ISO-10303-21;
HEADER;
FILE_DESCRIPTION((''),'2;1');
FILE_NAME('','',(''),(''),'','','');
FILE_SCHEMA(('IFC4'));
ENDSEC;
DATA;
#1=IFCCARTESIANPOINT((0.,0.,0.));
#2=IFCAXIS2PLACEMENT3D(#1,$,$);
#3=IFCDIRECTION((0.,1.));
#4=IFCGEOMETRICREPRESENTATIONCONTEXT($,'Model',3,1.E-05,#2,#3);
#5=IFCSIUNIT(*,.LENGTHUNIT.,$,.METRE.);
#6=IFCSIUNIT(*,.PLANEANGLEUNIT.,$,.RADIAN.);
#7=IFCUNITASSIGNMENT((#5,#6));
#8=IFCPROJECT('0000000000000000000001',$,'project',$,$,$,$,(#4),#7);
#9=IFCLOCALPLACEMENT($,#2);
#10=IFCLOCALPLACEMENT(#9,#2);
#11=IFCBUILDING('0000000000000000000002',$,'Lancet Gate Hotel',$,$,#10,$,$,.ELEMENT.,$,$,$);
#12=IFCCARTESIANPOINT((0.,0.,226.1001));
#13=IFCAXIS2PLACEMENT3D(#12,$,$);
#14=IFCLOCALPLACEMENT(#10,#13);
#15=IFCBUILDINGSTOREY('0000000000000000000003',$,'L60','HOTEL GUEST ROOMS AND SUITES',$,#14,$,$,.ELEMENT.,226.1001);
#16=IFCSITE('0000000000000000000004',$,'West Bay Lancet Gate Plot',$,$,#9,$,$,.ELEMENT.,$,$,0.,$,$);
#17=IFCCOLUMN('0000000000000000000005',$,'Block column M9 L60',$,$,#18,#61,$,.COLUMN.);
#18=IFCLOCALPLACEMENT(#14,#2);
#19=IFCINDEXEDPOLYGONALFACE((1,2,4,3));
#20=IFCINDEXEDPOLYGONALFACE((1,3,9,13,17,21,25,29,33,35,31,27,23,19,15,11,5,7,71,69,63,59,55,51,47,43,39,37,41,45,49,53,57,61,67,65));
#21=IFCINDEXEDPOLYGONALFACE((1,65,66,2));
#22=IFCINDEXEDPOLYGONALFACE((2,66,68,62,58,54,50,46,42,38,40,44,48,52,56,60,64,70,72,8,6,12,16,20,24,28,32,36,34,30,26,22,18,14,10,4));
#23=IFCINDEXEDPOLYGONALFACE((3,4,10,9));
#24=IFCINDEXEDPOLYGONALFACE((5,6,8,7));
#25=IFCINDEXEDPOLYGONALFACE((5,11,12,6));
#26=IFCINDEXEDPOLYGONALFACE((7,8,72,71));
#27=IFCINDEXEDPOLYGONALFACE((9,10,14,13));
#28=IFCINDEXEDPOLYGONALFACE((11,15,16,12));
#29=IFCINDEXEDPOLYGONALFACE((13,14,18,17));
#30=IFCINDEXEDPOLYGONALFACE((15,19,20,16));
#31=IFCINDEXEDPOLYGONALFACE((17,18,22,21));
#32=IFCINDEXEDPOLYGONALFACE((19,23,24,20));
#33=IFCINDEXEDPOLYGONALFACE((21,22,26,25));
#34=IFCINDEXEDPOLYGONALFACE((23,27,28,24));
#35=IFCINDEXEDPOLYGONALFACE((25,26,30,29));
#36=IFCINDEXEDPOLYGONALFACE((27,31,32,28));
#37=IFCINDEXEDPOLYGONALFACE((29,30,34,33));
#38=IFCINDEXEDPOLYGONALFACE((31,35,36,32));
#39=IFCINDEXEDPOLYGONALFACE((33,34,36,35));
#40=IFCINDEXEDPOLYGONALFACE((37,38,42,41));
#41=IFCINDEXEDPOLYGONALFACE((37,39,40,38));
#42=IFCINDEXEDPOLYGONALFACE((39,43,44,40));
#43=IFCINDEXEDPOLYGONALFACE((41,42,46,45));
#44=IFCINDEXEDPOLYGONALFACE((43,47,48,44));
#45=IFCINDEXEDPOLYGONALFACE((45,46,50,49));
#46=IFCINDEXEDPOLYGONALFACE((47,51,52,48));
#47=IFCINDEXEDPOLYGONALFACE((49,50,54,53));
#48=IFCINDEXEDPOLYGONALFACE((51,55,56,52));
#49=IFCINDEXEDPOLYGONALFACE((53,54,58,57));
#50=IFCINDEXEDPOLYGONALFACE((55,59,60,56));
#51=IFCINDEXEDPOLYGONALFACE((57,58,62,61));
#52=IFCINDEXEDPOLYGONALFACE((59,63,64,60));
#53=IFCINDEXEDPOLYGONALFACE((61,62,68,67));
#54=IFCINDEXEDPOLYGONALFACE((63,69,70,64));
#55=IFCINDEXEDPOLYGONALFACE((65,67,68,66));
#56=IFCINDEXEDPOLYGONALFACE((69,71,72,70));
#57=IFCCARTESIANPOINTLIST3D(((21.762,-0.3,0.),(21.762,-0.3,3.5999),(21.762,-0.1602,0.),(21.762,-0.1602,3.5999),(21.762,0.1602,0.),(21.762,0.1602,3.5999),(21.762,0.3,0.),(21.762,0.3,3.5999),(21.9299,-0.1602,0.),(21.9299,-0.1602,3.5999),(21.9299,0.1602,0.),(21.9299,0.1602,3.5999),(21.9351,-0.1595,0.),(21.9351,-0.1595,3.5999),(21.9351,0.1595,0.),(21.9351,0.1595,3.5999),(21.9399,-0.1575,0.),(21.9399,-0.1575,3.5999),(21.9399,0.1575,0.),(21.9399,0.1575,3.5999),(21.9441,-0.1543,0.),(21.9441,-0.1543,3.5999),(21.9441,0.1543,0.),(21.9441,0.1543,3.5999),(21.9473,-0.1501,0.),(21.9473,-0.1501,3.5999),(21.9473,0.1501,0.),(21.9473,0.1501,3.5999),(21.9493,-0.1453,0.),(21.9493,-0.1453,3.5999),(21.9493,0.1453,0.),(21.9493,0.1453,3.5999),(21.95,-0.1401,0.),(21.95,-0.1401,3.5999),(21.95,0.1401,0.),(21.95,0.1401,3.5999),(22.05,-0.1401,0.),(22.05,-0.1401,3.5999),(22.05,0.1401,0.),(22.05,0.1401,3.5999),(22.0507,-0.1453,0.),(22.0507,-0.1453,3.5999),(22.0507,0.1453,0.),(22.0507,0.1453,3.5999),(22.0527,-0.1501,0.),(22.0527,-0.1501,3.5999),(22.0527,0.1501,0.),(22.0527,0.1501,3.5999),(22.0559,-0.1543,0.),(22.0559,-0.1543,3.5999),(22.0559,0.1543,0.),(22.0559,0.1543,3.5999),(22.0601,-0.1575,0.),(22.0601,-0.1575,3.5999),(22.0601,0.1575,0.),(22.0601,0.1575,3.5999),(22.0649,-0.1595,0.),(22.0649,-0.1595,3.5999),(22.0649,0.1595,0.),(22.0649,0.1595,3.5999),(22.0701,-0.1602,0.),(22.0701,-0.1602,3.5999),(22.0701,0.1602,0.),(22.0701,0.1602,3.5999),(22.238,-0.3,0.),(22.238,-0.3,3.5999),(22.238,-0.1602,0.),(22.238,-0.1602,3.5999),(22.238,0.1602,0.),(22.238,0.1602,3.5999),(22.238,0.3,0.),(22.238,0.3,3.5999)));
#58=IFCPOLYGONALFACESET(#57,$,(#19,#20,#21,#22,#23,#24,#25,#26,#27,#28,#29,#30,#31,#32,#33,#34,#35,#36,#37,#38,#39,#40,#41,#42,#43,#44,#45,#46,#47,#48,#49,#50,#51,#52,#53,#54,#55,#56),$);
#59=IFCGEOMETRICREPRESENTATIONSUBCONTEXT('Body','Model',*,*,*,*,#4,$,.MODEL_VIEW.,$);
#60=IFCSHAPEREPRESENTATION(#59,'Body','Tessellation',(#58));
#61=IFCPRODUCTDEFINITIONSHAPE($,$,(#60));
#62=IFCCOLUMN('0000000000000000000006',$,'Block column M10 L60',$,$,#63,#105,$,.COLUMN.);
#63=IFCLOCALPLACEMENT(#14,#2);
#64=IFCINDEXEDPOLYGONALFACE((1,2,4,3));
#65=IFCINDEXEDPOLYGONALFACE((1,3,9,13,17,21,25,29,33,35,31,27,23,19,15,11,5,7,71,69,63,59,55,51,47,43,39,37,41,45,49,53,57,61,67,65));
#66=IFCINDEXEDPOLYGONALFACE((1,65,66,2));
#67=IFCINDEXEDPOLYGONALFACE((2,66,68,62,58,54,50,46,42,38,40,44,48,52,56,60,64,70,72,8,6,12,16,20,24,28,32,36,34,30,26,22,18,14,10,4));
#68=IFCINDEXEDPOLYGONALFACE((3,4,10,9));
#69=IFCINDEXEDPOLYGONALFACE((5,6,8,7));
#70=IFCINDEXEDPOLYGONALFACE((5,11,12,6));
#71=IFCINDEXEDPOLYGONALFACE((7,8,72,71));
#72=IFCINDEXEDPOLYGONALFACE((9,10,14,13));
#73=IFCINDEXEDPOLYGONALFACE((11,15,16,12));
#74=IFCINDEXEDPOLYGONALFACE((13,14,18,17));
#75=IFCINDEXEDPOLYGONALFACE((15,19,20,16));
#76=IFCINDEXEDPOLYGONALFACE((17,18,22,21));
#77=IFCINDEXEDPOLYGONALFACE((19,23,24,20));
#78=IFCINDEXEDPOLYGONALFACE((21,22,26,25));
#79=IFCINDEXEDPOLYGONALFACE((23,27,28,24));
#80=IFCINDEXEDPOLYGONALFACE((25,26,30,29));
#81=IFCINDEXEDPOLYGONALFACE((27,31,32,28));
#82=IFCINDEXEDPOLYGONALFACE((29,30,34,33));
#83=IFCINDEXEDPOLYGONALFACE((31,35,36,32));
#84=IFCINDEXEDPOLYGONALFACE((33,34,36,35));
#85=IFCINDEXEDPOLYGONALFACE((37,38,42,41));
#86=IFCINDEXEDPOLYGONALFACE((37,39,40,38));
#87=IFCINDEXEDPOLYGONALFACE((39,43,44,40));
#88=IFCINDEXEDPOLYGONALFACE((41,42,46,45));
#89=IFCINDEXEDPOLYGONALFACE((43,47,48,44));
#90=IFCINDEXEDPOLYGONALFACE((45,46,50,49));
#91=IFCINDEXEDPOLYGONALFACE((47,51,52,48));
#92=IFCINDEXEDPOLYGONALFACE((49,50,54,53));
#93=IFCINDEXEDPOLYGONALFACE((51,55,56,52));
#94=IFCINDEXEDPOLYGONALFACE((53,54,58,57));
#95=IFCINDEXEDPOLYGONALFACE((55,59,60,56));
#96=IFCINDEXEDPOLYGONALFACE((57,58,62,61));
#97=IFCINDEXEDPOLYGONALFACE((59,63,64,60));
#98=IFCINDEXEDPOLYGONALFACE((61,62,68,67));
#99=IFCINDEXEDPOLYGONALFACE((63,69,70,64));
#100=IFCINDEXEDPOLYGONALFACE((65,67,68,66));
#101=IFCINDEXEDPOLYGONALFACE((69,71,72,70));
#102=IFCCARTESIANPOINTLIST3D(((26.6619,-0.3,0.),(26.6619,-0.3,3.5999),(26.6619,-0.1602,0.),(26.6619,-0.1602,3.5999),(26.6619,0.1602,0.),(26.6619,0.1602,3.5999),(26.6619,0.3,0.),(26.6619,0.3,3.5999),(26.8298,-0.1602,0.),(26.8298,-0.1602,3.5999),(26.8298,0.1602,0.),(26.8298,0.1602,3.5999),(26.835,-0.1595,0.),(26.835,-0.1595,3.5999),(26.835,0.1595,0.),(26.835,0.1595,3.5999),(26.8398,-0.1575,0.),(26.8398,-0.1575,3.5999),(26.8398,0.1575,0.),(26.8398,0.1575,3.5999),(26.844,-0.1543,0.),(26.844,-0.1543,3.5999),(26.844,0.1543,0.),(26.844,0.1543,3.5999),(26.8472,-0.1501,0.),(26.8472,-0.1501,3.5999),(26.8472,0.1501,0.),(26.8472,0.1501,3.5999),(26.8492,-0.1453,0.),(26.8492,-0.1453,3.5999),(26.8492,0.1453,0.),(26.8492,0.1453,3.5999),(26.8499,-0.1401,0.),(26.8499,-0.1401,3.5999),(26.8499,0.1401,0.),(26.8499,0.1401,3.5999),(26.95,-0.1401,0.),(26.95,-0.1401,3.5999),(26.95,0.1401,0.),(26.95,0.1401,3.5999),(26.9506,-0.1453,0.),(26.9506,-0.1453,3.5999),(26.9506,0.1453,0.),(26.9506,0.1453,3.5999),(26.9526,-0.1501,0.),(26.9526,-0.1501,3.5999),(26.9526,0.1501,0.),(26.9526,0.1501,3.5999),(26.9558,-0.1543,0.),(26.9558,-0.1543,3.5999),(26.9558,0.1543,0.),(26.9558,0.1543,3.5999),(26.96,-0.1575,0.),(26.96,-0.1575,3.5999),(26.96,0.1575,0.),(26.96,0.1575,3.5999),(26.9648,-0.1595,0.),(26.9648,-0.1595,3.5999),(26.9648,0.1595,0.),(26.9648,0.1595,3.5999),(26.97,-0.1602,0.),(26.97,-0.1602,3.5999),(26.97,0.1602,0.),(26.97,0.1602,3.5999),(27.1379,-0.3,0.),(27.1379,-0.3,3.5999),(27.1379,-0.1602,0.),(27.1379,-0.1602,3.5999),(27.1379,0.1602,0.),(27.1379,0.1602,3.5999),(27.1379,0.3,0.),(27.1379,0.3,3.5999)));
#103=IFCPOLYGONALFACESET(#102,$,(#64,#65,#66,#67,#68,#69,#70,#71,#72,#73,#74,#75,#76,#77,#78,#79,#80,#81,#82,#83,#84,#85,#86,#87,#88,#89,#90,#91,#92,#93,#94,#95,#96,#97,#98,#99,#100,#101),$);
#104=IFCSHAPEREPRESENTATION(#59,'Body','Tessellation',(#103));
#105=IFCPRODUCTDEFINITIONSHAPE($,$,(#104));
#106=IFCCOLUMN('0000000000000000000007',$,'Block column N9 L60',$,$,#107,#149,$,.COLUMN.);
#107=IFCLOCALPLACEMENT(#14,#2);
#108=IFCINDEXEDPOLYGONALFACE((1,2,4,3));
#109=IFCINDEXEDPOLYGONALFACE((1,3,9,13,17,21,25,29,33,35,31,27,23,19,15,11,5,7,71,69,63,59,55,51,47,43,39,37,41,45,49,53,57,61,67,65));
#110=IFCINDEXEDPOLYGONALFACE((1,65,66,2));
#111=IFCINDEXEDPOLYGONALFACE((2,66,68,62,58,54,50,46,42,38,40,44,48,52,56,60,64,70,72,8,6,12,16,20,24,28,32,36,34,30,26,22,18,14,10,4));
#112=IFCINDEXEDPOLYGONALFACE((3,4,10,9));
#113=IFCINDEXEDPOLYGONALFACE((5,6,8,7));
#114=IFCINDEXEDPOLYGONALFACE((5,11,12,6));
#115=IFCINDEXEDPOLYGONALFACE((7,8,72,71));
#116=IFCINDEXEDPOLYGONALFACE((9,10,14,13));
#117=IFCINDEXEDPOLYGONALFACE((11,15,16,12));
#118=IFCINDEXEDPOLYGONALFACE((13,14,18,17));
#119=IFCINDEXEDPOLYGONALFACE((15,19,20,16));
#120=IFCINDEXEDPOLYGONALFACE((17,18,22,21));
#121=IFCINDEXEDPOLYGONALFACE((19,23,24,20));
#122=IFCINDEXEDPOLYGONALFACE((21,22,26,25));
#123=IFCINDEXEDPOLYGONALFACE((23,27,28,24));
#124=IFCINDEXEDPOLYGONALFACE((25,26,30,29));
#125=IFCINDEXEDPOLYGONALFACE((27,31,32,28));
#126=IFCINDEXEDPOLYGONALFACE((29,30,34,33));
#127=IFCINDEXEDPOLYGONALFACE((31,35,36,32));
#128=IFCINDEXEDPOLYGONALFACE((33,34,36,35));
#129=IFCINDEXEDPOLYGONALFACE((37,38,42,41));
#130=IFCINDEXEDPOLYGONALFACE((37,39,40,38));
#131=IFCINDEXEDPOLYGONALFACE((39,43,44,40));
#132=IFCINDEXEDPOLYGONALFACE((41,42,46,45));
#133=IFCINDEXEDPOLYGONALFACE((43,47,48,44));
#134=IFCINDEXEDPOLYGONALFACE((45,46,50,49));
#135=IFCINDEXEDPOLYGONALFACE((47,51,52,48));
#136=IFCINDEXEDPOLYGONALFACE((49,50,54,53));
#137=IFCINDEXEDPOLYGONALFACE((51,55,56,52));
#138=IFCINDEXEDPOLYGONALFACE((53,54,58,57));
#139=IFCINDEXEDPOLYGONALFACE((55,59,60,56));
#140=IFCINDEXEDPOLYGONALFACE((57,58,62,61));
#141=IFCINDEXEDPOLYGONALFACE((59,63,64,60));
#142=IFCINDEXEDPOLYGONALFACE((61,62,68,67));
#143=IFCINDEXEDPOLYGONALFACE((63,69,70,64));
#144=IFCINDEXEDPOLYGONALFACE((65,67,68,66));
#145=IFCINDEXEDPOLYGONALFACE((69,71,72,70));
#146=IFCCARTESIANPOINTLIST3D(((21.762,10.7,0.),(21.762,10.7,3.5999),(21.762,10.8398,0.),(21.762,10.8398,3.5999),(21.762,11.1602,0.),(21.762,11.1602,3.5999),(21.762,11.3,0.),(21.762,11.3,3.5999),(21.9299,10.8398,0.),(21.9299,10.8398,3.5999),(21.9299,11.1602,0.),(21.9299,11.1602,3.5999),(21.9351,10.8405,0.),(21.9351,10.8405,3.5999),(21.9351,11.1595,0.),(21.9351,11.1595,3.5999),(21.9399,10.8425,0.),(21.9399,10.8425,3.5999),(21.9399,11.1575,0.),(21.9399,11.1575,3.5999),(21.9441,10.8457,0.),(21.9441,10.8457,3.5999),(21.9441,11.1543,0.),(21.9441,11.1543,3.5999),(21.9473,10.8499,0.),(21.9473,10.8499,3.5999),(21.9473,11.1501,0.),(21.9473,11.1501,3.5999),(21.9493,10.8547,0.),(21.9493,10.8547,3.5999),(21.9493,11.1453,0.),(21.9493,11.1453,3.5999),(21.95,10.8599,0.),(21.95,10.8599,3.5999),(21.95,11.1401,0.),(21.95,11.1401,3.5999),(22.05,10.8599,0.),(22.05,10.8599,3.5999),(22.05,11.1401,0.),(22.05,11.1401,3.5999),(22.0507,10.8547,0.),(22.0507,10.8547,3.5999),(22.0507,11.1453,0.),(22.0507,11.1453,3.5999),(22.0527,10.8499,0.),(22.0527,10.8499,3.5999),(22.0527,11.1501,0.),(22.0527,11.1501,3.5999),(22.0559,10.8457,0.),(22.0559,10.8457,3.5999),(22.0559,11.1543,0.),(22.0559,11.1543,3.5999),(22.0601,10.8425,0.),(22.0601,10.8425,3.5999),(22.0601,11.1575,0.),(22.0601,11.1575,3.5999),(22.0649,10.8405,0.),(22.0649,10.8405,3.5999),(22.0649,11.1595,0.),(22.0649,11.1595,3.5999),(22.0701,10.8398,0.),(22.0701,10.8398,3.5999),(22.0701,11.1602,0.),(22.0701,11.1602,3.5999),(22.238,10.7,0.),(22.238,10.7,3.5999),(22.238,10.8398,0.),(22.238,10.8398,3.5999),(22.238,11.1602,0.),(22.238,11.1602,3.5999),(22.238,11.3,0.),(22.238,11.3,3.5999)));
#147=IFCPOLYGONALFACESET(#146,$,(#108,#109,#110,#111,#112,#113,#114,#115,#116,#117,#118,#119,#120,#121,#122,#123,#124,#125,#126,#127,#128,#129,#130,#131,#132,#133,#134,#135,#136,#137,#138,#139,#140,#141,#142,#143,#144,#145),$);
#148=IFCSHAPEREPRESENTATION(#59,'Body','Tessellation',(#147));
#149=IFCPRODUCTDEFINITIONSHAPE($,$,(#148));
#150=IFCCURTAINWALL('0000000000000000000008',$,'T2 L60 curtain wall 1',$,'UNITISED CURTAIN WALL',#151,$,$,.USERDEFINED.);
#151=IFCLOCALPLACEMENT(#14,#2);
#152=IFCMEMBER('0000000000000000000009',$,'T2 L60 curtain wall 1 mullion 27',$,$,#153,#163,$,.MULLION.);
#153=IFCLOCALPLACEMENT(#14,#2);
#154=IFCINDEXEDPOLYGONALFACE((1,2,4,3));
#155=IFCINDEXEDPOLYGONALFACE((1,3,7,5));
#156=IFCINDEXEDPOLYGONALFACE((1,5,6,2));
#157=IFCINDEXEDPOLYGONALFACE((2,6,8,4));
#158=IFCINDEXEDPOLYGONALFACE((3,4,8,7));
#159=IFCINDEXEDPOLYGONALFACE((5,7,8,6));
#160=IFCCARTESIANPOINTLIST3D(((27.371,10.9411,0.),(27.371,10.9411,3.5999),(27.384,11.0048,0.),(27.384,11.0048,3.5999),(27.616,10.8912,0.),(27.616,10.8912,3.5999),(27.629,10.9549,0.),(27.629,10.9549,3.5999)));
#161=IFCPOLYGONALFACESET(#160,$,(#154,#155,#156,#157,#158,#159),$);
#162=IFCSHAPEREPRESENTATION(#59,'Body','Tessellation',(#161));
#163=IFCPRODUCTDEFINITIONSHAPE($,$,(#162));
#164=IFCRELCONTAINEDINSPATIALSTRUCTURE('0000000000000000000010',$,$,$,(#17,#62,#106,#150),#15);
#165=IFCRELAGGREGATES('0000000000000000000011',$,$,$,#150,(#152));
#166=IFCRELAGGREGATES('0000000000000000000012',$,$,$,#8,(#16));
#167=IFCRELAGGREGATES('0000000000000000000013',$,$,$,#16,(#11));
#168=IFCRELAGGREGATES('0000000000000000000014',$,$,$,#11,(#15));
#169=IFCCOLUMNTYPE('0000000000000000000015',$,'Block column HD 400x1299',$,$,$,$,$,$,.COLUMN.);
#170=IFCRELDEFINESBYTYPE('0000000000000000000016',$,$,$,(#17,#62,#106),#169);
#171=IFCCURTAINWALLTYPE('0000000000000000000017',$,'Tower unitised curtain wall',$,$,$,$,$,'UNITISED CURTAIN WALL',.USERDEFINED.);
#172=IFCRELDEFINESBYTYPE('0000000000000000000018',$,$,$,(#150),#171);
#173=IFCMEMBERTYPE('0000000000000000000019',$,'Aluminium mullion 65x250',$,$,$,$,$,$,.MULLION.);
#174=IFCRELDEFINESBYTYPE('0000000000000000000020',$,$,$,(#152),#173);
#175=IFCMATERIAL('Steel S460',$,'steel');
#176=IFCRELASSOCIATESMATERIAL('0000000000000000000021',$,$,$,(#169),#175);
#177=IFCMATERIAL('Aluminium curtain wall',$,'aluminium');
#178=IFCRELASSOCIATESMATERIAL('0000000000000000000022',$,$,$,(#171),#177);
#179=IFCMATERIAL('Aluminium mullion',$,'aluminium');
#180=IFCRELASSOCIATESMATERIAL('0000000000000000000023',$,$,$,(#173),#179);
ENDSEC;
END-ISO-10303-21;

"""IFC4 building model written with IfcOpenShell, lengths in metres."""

from ifc_helpers import new_model, si_unit, direction, frame, origin, origin_2d, place, context, subcontext, project, spatial, rectangle, i_section, extrude, material, material_profile, profile_set, type_object, element, aggregate, save


model = new_model("IFC4")

# Units and contexts
model_context = context("Model", 3, precision=1e-05, world=origin(), true_north=direction((0.0, 1.0)))
body_context = subcontext(model_context, "Body", "Model", "MODEL_VIEW")
ifc_project = project(units=[si_unit("LENGTHUNIT", "METRE"), si_unit("PLANEANGLEUNIT", "RADIAN")], contexts=[model_context])

# Site, building, storey
site_placement = place(None, origin())
site = spatial("IfcSite", under=ifc_project, at=site_placement, Name="West Bay Lancet Gate Plot", CompositionType="ELEMENT", RefElevation=0.0)
building_placement = place(site_placement, origin())
building = spatial("IfcBuilding", under=site, at=building_placement, Name="Lancet Gate Hotel", CompositionType="ELEMENT")
storey_placement = place(building_placement, frame((0.0, 0.0, 226.1001)))
storey = spatial("IfcBuildingStorey", under=building, at=storey_placement, Name="L60", Description="HOTEL GUEST ROOMS AND SUITES", CompositionType="ELEMENT", Elevation=226.1001)

# Columns
ifc_material_1 = material(Name="Steel S460", Category="steel")
ifc_material_profile_1 = material_profile(ifc_material_1, i_section(OverallWidth=0.4761, OverallDepth=0.6001, WebThickness=0.1001, FlangeThickness=0.1399, FilletRadius=0.02, at=origin_2d()), Name="HD 400x1299")
ifc_profile_set_1 = profile_set([ifc_material_profile_1], Name="Steel S460")
column_type = type_object("IfcColumnType", Name="Block column HD 400x1299", PredefinedType="COLUMN", material=ifc_profile_set_1)
for number, where, z_axis, x_axis, name in (
    (1, (22.0, 0.0, 0.0), (0.0, 0.0, 1.0), (1.0, 0.0, 0.0), "Block column M9 L60"),
    (2, (26.8999, 0.0, 0.0), (0.0, 0.0, 1.0), (1.0, 0.0, 0.0), "Block column M10 L60"),
    (3, (22.0, 11.0, 0.0), (0.0, 0.0, 1.0), (1.0, 0.0, 0.0), "Block column N9 L60"),
):
    element("IfcColumn", number, at=place(storey_placement, frame(where, z_axis=z_axis, x_axis=x_axis)), inside=storey, type_object=column_type, Name=name, PredefinedType="COLUMN", context=body_context, shape_type="SweptSolid", body=[
        extrude(i_section(OverallWidth=0.4761, OverallDepth=0.6001, WebThickness=0.1001, FlangeThickness=0.1399, FilletRadius=0.02, at=origin_2d()), origin(), (0.0, 0.0, 1.0), 3.5999),
    ])

# Curtain wall, member
ifc_material_2 = material(Name="Aluminium curtain wall", Category="aluminium")
curtain_wall_type = type_object("IfcCurtainWallType", Name="Tower unitised curtain wall", ElementType="UNITISED CURTAIN WALL", PredefinedType="USERDEFINED", material=ifc_material_2)
curtain_wall_placement = place(storey_placement, origin())
curtain_wall = element("IfcCurtainWall", 4, at=curtain_wall_placement, inside=storey, type_object=curtain_wall_type, Name="T2 L60 curtain wall 1", ObjectType="UNITISED CURTAIN WALL", PredefinedType="USERDEFINED")
ifc_material_3 = material(Name="Aluminium mullion", Category="aluminium")
ifc_material_profile_2 = material_profile(ifc_material_3, rectangle(XDim=0.0649, YDim=0.25, at=origin_2d()), Name="MULLION 65x250")
ifc_profile_set_2 = profile_set([ifc_material_profile_2], Name="Aluminium mullion")
member_type_1 = type_object("IfcMemberType", Name="Aluminium mullion 65x250", PredefinedType="MULLION", material=ifc_profile_set_2)
member_1_placement = place(storey_placement, frame((27.5, 10.948, 0.0), z_axis=(0.0, 0.0, 1.0), x_axis=(-0.199533, -0.979891, 0.0)))
member_1 = element("IfcMember", 5, at=member_1_placement, type_object=member_type_1, Name="T2 L60 curtain wall 1 mullion 27", PredefinedType="MULLION", context=body_context, shape_type="SweptSolid", body=[
    extrude(rectangle(XDim=0.0649, YDim=0.25, at=origin_2d()), origin(), (0.0, 0.0, 1.0), 3.5999),
])
aggregate(curtain_wall, [member_1])

save(model, "model.ifc")
